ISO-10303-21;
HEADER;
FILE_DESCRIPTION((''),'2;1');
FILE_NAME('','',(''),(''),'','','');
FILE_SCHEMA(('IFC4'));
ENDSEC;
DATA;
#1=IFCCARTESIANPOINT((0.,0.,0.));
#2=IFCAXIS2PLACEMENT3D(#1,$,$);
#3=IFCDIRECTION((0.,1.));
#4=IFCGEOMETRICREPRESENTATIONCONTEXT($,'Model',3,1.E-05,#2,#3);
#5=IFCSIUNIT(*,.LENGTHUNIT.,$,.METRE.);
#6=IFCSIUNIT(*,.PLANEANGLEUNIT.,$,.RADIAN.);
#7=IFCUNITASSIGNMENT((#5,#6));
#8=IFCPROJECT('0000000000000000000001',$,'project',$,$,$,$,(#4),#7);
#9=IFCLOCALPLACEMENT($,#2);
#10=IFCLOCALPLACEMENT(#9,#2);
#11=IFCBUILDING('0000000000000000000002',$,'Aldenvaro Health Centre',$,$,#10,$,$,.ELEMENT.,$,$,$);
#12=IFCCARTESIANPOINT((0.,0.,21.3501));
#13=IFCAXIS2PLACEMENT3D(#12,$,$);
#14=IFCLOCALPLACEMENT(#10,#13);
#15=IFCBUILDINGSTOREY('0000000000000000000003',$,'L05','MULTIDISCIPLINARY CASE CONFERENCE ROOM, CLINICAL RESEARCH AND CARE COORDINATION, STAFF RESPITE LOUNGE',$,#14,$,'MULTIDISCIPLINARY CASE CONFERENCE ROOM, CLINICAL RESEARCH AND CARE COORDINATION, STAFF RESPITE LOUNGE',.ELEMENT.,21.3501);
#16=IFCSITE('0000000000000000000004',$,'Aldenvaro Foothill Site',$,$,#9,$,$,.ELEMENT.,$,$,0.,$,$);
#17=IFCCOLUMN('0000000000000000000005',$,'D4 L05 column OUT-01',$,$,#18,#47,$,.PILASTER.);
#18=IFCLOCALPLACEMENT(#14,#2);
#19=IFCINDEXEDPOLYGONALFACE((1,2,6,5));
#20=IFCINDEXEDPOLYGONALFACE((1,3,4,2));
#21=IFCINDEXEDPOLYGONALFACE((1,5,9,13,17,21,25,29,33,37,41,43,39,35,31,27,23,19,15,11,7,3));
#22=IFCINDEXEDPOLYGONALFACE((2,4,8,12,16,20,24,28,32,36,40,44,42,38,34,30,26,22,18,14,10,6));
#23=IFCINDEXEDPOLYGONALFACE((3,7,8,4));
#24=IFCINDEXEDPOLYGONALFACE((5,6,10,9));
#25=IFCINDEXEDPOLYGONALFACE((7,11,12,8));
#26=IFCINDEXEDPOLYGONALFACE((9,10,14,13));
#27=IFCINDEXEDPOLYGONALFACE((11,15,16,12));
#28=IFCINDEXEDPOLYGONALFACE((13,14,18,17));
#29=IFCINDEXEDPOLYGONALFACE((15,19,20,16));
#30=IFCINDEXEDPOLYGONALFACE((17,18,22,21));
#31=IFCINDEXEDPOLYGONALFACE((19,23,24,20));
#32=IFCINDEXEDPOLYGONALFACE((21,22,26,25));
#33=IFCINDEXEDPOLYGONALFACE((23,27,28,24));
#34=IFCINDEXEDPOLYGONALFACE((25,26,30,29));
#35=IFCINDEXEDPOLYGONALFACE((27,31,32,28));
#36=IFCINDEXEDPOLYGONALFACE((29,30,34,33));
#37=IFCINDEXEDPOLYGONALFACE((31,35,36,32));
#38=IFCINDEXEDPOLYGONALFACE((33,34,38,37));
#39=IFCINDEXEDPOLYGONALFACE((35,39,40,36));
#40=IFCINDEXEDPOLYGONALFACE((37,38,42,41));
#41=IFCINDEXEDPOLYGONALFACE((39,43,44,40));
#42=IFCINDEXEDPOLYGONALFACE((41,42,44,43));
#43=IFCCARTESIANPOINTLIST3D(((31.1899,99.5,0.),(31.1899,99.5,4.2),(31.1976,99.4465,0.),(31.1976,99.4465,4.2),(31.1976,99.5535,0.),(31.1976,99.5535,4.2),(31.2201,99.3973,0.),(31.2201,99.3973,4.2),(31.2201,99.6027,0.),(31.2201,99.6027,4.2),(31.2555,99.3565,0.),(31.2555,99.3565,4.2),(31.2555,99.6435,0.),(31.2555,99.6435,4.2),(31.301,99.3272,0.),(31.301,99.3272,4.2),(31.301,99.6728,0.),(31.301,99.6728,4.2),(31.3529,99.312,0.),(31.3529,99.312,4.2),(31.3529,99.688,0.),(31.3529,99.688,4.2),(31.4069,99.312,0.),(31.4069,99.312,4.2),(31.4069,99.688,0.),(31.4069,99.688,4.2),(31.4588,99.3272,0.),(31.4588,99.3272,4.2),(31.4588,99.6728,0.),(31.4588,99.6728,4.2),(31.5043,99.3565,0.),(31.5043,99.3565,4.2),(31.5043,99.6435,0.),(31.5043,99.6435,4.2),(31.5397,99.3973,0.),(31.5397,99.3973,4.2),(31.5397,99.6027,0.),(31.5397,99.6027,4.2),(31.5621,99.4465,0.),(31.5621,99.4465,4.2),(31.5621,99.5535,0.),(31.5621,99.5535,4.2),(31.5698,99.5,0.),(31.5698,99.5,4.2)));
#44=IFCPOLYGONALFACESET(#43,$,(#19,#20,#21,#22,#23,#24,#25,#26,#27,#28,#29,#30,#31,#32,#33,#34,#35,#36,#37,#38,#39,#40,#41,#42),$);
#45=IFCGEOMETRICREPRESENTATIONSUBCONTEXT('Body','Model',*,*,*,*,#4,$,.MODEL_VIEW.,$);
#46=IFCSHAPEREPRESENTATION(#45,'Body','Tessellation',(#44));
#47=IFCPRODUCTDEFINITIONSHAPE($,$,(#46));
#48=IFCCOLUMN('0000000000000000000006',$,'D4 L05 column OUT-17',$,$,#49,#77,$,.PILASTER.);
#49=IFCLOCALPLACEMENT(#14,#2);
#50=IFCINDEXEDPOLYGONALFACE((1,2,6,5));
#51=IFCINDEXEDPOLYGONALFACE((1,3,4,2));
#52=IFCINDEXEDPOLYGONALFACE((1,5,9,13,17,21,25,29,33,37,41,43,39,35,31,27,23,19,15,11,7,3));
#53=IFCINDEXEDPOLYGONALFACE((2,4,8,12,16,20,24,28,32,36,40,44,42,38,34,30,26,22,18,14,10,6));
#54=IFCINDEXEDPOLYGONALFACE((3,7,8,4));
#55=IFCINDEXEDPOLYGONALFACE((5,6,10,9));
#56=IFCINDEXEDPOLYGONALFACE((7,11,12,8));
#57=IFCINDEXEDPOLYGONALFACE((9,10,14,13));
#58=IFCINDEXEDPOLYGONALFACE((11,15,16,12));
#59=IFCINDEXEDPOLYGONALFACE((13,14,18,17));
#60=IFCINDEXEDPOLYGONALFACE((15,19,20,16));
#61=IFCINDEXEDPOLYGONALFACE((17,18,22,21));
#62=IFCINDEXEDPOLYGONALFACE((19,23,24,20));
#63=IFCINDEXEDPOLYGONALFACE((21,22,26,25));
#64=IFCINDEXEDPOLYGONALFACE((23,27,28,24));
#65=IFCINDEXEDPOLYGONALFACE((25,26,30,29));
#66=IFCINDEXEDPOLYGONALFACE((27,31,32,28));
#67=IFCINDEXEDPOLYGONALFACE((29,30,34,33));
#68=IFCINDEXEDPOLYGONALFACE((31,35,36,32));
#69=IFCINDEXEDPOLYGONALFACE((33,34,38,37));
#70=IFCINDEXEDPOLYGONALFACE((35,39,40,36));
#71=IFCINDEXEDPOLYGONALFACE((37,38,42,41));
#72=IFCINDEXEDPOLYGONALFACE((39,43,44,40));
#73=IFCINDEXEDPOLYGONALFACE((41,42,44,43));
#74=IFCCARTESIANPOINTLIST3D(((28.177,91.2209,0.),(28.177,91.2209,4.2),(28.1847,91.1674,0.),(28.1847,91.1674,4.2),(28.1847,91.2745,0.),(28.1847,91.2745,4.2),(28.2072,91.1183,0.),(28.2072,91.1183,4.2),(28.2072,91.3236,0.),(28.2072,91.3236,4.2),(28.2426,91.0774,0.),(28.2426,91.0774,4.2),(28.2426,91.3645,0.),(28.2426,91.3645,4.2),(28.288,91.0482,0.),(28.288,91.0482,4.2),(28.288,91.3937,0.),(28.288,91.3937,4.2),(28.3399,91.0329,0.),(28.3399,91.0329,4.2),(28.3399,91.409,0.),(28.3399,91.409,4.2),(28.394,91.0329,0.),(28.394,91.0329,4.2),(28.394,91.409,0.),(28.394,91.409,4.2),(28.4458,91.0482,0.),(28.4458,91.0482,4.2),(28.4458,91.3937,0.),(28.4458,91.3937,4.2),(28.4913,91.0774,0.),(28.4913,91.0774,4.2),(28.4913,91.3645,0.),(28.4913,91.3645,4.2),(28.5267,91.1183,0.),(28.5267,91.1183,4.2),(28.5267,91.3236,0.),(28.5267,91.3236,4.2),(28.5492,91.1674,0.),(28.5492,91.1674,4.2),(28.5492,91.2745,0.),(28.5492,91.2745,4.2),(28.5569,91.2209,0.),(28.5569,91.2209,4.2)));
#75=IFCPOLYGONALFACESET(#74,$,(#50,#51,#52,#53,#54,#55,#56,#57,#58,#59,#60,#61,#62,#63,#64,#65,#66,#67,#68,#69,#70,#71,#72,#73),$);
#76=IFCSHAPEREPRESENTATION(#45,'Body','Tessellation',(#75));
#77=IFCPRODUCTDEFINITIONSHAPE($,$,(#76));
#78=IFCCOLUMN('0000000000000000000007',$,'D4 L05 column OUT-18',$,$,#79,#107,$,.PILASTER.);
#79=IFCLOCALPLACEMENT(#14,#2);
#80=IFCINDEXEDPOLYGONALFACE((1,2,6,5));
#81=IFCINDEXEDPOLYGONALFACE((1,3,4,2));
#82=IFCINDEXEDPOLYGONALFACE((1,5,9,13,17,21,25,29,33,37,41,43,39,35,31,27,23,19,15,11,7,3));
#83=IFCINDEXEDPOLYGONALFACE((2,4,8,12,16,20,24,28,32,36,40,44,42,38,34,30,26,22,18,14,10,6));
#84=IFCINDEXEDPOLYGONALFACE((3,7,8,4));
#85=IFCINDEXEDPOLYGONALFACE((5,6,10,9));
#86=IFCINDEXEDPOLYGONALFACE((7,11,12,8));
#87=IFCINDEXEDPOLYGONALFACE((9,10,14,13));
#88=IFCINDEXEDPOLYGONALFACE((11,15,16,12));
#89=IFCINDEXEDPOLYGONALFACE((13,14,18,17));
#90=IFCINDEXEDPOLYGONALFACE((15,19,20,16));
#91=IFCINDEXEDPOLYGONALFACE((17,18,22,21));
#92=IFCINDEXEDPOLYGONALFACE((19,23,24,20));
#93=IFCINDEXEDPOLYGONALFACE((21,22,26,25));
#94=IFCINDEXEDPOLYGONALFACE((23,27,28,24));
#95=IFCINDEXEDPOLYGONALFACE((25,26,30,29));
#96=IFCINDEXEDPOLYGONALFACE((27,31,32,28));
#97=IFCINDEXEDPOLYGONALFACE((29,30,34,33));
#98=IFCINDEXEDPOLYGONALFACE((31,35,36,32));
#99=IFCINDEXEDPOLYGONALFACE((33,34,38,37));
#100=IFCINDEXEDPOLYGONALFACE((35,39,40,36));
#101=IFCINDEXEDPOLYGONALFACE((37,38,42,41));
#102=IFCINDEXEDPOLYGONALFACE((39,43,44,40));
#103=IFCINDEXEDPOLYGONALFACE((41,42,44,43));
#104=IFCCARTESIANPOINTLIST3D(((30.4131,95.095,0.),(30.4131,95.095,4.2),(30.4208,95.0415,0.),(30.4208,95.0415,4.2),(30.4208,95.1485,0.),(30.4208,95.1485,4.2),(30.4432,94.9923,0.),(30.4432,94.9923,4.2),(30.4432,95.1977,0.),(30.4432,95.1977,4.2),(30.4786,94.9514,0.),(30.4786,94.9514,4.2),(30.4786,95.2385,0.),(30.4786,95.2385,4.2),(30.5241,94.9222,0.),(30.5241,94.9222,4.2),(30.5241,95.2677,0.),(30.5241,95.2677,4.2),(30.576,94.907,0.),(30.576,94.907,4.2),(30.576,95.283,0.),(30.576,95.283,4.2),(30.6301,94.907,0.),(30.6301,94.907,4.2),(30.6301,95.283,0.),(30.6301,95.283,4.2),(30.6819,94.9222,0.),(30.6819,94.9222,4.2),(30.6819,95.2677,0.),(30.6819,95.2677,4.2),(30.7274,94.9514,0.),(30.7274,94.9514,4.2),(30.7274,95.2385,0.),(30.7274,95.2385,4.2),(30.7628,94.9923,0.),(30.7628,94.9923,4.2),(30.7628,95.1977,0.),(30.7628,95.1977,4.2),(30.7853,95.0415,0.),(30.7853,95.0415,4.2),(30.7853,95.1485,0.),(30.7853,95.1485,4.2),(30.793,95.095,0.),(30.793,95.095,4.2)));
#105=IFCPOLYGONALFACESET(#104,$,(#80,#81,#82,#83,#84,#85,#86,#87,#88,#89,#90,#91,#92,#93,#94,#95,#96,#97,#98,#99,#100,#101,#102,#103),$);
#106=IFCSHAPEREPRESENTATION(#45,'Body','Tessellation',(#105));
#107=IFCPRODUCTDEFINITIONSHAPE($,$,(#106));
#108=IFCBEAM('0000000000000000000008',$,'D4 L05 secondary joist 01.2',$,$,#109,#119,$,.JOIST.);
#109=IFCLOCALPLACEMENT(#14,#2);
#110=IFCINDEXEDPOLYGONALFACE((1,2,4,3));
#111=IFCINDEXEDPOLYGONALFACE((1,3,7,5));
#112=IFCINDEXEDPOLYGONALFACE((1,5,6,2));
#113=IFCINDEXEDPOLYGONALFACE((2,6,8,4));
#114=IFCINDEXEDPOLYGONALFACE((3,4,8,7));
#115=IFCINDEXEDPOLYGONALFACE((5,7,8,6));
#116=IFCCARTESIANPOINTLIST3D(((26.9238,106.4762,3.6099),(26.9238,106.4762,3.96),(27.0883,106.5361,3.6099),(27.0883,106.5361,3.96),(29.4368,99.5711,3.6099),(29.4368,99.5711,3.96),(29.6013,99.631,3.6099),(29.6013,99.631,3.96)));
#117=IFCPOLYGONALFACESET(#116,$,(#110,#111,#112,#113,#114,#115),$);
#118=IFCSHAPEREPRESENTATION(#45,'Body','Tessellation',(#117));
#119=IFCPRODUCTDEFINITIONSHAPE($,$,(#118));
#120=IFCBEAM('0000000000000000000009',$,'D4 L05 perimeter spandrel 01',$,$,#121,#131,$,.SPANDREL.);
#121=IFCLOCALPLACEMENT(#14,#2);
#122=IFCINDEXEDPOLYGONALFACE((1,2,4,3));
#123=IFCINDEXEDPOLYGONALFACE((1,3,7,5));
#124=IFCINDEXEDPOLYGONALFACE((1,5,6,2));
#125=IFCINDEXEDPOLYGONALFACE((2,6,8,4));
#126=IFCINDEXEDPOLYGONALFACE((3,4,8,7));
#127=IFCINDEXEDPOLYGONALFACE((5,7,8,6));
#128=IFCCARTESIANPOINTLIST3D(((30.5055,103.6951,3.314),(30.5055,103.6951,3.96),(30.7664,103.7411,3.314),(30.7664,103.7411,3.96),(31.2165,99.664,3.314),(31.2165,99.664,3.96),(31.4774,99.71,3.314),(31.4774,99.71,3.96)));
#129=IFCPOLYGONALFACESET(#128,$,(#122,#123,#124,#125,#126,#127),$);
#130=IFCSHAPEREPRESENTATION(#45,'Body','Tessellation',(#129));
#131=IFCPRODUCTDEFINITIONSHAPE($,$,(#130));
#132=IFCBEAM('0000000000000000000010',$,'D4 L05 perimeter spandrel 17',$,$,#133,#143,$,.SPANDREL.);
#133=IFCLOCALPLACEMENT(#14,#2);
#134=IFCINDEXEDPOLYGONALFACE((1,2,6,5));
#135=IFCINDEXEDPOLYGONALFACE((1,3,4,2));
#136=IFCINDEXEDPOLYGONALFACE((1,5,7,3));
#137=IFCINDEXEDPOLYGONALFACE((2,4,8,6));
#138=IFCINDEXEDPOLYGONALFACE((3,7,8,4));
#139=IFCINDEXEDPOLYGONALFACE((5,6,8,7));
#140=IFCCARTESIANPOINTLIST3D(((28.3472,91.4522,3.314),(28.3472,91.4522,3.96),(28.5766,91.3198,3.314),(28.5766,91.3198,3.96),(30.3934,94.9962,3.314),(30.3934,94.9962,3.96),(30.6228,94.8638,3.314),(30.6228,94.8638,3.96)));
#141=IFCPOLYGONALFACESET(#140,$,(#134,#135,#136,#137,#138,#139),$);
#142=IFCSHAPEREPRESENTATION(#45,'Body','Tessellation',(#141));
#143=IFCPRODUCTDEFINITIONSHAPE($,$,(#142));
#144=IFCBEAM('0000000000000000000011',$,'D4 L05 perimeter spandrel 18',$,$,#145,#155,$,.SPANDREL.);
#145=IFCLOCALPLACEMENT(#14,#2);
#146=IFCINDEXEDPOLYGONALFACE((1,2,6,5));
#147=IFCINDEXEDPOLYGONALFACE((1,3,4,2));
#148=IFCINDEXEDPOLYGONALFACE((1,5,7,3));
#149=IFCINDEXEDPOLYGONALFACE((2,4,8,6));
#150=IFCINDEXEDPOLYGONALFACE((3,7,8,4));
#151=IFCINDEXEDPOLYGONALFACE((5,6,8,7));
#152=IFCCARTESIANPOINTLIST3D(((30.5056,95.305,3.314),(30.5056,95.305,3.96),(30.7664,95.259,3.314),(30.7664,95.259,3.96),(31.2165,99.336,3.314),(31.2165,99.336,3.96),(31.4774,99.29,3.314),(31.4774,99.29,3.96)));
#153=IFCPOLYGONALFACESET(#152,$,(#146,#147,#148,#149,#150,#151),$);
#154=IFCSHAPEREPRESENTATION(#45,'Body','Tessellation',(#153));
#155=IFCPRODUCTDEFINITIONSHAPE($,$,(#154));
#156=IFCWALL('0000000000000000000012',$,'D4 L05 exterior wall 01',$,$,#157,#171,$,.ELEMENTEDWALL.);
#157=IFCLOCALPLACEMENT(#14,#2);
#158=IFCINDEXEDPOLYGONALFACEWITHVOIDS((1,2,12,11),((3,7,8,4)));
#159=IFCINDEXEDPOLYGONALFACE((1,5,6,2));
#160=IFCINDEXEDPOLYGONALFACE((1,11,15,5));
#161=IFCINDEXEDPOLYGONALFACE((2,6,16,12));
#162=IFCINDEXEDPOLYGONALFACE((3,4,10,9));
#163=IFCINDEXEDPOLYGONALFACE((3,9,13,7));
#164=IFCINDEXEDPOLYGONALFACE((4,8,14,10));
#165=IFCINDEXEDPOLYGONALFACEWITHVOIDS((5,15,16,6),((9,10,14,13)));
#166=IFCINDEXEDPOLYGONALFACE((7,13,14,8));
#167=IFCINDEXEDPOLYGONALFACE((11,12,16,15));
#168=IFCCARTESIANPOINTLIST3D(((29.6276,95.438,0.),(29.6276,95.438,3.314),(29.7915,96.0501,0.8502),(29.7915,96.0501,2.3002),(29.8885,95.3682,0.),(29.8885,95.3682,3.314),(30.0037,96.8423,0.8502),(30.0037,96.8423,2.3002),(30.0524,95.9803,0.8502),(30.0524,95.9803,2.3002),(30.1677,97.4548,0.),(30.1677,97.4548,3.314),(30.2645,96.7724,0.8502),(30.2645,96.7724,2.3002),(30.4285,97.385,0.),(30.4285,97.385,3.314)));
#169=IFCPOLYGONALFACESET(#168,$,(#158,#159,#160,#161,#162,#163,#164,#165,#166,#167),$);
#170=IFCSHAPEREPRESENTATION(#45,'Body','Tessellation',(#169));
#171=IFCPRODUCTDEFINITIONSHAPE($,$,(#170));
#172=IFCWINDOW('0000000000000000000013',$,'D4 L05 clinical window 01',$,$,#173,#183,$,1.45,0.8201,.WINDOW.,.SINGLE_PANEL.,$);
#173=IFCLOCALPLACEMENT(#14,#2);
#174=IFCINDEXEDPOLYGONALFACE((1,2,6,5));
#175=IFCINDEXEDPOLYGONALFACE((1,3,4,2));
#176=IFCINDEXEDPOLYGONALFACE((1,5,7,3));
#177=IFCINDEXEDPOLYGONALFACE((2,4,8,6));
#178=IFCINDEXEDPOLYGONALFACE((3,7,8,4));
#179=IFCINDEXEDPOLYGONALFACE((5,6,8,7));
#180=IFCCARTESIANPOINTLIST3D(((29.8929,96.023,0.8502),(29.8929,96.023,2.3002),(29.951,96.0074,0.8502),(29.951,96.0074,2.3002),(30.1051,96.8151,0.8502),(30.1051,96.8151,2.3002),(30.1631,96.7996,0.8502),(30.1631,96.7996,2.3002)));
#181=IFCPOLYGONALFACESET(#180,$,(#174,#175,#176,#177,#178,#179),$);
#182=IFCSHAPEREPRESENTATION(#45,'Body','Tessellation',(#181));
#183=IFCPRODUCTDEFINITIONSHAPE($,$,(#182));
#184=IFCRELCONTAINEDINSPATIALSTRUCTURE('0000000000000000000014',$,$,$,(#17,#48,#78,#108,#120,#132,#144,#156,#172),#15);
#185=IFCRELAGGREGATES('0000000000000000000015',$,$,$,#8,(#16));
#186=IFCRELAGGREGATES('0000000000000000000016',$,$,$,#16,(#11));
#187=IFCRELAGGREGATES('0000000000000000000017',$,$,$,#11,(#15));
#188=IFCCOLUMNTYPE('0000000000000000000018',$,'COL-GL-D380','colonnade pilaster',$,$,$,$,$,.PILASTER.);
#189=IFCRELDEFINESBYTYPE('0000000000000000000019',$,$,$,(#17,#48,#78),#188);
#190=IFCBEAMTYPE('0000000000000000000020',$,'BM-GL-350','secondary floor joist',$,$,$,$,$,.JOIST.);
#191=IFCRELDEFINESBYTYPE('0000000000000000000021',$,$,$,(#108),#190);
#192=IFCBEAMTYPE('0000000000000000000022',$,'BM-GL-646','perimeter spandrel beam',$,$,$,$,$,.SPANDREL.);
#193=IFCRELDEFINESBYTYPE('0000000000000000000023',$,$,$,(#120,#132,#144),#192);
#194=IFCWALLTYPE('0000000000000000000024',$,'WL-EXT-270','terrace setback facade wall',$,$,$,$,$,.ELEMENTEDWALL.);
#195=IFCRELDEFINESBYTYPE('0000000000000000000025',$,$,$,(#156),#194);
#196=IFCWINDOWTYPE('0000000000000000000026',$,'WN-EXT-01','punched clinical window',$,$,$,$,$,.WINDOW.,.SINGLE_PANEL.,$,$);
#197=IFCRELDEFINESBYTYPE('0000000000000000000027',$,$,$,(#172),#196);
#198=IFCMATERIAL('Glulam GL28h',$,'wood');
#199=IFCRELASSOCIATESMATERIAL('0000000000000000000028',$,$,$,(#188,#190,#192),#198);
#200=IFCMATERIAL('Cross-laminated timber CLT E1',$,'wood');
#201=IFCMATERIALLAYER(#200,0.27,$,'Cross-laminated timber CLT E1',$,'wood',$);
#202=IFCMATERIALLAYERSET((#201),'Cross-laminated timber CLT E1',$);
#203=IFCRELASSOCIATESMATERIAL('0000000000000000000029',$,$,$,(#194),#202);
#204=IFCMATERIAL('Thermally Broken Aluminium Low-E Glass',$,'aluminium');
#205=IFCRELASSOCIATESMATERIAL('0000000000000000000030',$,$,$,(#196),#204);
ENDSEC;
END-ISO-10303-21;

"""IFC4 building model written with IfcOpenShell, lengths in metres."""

from ifc_helpers import new_model, si_unit, direction, frame, frame_2d, origin, origin_2d, place, context, subcontext, project, spatial, rectangle, circle, extrude, material, layer, layer_set, material_profile, profile_set, type_object, element, fill, save


model = new_model("IFC4")

# Units and contexts
model_context = context("Model", 3, precision=1e-05, world=origin(), true_north=direction((0.0, 1.0)))
body_context = subcontext(model_context, "Body", "Model", "MODEL_VIEW")
ifc_project = project(units=[si_unit("LENGTHUNIT", "METRE"), si_unit("PLANEANGLEUNIT", "RADIAN")], contexts=[model_context])

# Site, building, storey
site_placement = place(None, origin())
site = spatial("IfcSite", under=ifc_project, at=site_placement, Name="Aldenvaro Foothill Site", CompositionType="ELEMENT", RefElevation=0.0)
building_placement = place(site_placement, origin())
building = spatial("IfcBuilding", under=site, at=building_placement, Name="Aldenvaro Health Centre", CompositionType="ELEMENT")
storey_placement = place(building_placement, frame((0.0, 0.0, 21.3501)))
storey = spatial("IfcBuildingStorey", under=building, at=storey_placement, Name="L05", Description="MULTIDISCIPLINARY CASE CONFERENCE ROOM, CLINICAL RESEARCH AND CARE COORDINATION, STAFF RESPITE LOUNGE", LongName="MULTIDISCIPLINARY CASE CONFERENCE ROOM, CLINICAL RESEARCH AND CARE COORDINATION, STAFF RESPITE LOUNGE", CompositionType="ELEMENT", Elevation=21.3501)

# Columns
ifc_material_1 = material(Name="Glulam GL28h", Category="wood")
ifc_material_profile_1 = material_profile(ifc_material_1, circle(Radius=0.1899, at=origin_2d()), Name="GL D380", Category="wood")
ifc_profile_set_1 = profile_set([ifc_material_profile_1], Name="Glulam GL28h")
column_type = type_object("IfcColumnType", Name="COL-GL-D380", Description="colonnade pilaster", PredefinedType="PILASTER", material=ifc_profile_set_1)
for number, where, z_axis, x_axis, name in (
    (1, (31.3799, 99.5, 0.0), (0.0, 0.0, 1.0), (1.0, 0.0, 0.0), "D4 L05 column OUT-01"),
    (2, (28.3669, 91.2209, 0.0), (0.0, 0.0, 1.0), (1.0, 0.0, 0.0), "D4 L05 column OUT-17"),
    (3, (30.603, 95.095, 0.0), (0.0, 0.0, 1.0), (1.0, 0.0, 0.0), "D4 L05 column OUT-18"),
):
    element("IfcColumn", number, at=place(storey_placement, frame(where, z_axis=z_axis, x_axis=x_axis)), inside=storey, type_object=column_type, Name=name, PredefinedType="PILASTER", context=body_context, shape_type="SweptSolid", body=[
        extrude(circle(Radius=0.1899, at=origin_2d()), origin(), (0.0, 0.0, 1.0), 4.2),
    ])

# Beams
ifc_material_profile_2 = material_profile(ifc_material_1, rectangle(XDim=0.175, YDim=0.3501, at=origin_2d()), Name="GL 175x350", Category="wood")
ifc_profile_set_2 = profile_set([ifc_material_profile_2], Name="Glulam GL28h")
beam_type_1 = type_object("IfcBeamType", Name="BM-GL-350", Description="secondary floor joist", PredefinedType="JOIST", material=ifc_profile_set_2)
beam_1_placement = place(storey_placement, frame((29.519, 99.6011, 3.7849), z_axis=(-0.341986, 0.939705, 0.0), x_axis=(-0.939705, -0.341986, 0.0)))
element("IfcBeam", 4, at=beam_1_placement, inside=storey, type_object=beam_type_1, Name="D4 L05 secondary joist 01.2", PredefinedType="JOIST", context=body_context, shape_type="SweptSolid", body=[
    extrude(rectangle(XDim=0.175, YDim=0.3501, at=origin_2d()), origin(), (0.0, 0.0, 1.0), 7.3481),
])
ifc_material_profile_3 = material_profile(ifc_material_1, rectangle(XDim=0.2649, YDim=0.646, at=origin_2d()), Name="GL 265x646", Category="wood")
ifc_profile_set_3 = profile_set([ifc_material_profile_3], Name="Glulam GL28h")
beam_type_2 = type_object("IfcBeamType", Name="BM-GL-646", Description="perimeter spandrel beam", PredefinedType="SPANDREL", material=ifc_profile_set_3)
beam_2_placement = place(storey_placement, frame((31.3469, 99.687, 3.637), z_axis=(-0.173687, 0.984801, 0.0), x_axis=(-0.984801, -0.173687, 0.0)))
element("IfcBeam", 5, at=beam_2_placement, inside=storey, type_object=beam_type_2, Name="D4 L05 perimeter spandrel 01", PredefinedType="SPANDREL", context=body_context, shape_type="SweptSolid", body=[
    extrude(rectangle(XDim=0.2649, YDim=0.646, at=origin_2d()), origin(), (0.0, 0.0, 1.0), 4.0933),
])
beam_3_placement = place(storey_placement, frame((28.4619, 91.386, 3.637), z_axis=(0.500008, 0.866021, 0.0), x_axis=(-0.866021, 0.500008, 0.0)))
element("IfcBeam", 6, at=beam_3_placement, inside=storey, type_object=beam_type_2, Name="D4 L05 perimeter spandrel 17", PredefinedType="SPANDREL", context=body_context, shape_type="SweptSolid", body=[
    extrude(rectangle(XDim=0.2649, YDim=0.646, at=origin_2d()), origin(), (0.0, 0.0, 1.0), 4.0923),
])
beam_4_placement = place(storey_placement, frame((30.636, 95.282, 3.637), z_axis=(0.173687, 0.984801, 0.0), x_axis=(-0.984801, 0.173687, 0.0)))
element("IfcBeam", 7, at=beam_4_placement, inside=storey, type_object=beam_type_2, Name="D4 L05 perimeter spandrel 18", PredefinedType="SPANDREL", context=body_context, shape_type="SweptSolid", body=[
    extrude(rectangle(XDim=0.2649, YDim=0.646, at=origin_2d()), origin(), (0.0, 0.0, 1.0), 4.0933),
])

# Wall, opening, window
ifc_material_2 = material(Name="Cross-laminated timber CLT E1", Category="wood")
ifc_layer = layer(ifc_material_2, 0.27, Name="Cross-laminated timber CLT E1", Category="wood")
ifc_layer_set = layer_set([ifc_layer], Name="Cross-laminated timber CLT E1")
wall_type = type_object("IfcWallType", Name="WL-EXT-270", Description="terrace setback facade wall", PredefinedType="ELEMENTEDWALL", material=ifc_layer_set)
wall_1_placement = place(storey_placement, frame((30.2981, 97.4199, 0.0), z_axis=(0.0, 0.0, 1.0), x_axis=(-0.258652, -0.96597, 0.0)))
wall_1 = element("IfcWall", 8, at=wall_1_placement, inside=storey, type_object=wall_type, Name="D4 L05 exterior wall 01", PredefinedType="ELEMENTEDWALL", context=body_context, shape_type="SweptSolid", body=[
    extrude(rectangle(XDim=2.0879, YDim=0.27, at=frame_2d((1.0439, 0.0))), origin(), (0.0, 0.0, 1.0), 3.314),
])
opening_1_placement = place(wall_1_placement, frame((0.634, 0.0, 0.8501)))
opening_1 = element("IfcOpeningElement", 9, at=opening_1_placement, cuts=wall_1, PredefinedType="OPENING", context=body_context, shape_type="SweptSolid", body=[
    extrude(rectangle(XDim=0.8201, YDim=1.45, at=frame_2d((0.4102, 0.7251))), frame((0.0, 0.145, 0.0), z_axis=(0.0, -1.0, 0.0), x_axis=(1.0, 0.0, 0.0)), (0.0, 0.0, 1.0), 0.29),
])
ifc_material_3 = material(Name="Thermally Broken Aluminium Low-E Glass", Category="aluminium")
window_type_1 = type_object("IfcWindowType", Name="WN-EXT-01", Description="punched clinical window", PartitioningType="SINGLE_PANEL", PredefinedType="WINDOW", material=ifc_material_3)
window_1_placement = place(opening_1_placement, origin())
window_1 = element("IfcWindow", 10, at=window_1_placement, inside=storey, type_object=window_type_1, Name="D4 L05 clinical window 01", OverallHeight=1.45, OverallWidth=0.8201, PartitioningType="SINGLE_PANEL", PredefinedType="WINDOW", context=body_context, shape_type="SweptSolid", body=[
    extrude(rectangle(XDim=0.8201, YDim=1.45, at=frame_2d((0.4102, 0.7251))), frame((0.0, 0.03, 0.0), z_axis=(0.0, -1.0, 0.0), x_axis=(1.0, 0.0, 0.0)), (0.0, 0.0, 1.0), 0.0601),
])
fill(opening_1, window_1)

save(model, "model.ifc")
